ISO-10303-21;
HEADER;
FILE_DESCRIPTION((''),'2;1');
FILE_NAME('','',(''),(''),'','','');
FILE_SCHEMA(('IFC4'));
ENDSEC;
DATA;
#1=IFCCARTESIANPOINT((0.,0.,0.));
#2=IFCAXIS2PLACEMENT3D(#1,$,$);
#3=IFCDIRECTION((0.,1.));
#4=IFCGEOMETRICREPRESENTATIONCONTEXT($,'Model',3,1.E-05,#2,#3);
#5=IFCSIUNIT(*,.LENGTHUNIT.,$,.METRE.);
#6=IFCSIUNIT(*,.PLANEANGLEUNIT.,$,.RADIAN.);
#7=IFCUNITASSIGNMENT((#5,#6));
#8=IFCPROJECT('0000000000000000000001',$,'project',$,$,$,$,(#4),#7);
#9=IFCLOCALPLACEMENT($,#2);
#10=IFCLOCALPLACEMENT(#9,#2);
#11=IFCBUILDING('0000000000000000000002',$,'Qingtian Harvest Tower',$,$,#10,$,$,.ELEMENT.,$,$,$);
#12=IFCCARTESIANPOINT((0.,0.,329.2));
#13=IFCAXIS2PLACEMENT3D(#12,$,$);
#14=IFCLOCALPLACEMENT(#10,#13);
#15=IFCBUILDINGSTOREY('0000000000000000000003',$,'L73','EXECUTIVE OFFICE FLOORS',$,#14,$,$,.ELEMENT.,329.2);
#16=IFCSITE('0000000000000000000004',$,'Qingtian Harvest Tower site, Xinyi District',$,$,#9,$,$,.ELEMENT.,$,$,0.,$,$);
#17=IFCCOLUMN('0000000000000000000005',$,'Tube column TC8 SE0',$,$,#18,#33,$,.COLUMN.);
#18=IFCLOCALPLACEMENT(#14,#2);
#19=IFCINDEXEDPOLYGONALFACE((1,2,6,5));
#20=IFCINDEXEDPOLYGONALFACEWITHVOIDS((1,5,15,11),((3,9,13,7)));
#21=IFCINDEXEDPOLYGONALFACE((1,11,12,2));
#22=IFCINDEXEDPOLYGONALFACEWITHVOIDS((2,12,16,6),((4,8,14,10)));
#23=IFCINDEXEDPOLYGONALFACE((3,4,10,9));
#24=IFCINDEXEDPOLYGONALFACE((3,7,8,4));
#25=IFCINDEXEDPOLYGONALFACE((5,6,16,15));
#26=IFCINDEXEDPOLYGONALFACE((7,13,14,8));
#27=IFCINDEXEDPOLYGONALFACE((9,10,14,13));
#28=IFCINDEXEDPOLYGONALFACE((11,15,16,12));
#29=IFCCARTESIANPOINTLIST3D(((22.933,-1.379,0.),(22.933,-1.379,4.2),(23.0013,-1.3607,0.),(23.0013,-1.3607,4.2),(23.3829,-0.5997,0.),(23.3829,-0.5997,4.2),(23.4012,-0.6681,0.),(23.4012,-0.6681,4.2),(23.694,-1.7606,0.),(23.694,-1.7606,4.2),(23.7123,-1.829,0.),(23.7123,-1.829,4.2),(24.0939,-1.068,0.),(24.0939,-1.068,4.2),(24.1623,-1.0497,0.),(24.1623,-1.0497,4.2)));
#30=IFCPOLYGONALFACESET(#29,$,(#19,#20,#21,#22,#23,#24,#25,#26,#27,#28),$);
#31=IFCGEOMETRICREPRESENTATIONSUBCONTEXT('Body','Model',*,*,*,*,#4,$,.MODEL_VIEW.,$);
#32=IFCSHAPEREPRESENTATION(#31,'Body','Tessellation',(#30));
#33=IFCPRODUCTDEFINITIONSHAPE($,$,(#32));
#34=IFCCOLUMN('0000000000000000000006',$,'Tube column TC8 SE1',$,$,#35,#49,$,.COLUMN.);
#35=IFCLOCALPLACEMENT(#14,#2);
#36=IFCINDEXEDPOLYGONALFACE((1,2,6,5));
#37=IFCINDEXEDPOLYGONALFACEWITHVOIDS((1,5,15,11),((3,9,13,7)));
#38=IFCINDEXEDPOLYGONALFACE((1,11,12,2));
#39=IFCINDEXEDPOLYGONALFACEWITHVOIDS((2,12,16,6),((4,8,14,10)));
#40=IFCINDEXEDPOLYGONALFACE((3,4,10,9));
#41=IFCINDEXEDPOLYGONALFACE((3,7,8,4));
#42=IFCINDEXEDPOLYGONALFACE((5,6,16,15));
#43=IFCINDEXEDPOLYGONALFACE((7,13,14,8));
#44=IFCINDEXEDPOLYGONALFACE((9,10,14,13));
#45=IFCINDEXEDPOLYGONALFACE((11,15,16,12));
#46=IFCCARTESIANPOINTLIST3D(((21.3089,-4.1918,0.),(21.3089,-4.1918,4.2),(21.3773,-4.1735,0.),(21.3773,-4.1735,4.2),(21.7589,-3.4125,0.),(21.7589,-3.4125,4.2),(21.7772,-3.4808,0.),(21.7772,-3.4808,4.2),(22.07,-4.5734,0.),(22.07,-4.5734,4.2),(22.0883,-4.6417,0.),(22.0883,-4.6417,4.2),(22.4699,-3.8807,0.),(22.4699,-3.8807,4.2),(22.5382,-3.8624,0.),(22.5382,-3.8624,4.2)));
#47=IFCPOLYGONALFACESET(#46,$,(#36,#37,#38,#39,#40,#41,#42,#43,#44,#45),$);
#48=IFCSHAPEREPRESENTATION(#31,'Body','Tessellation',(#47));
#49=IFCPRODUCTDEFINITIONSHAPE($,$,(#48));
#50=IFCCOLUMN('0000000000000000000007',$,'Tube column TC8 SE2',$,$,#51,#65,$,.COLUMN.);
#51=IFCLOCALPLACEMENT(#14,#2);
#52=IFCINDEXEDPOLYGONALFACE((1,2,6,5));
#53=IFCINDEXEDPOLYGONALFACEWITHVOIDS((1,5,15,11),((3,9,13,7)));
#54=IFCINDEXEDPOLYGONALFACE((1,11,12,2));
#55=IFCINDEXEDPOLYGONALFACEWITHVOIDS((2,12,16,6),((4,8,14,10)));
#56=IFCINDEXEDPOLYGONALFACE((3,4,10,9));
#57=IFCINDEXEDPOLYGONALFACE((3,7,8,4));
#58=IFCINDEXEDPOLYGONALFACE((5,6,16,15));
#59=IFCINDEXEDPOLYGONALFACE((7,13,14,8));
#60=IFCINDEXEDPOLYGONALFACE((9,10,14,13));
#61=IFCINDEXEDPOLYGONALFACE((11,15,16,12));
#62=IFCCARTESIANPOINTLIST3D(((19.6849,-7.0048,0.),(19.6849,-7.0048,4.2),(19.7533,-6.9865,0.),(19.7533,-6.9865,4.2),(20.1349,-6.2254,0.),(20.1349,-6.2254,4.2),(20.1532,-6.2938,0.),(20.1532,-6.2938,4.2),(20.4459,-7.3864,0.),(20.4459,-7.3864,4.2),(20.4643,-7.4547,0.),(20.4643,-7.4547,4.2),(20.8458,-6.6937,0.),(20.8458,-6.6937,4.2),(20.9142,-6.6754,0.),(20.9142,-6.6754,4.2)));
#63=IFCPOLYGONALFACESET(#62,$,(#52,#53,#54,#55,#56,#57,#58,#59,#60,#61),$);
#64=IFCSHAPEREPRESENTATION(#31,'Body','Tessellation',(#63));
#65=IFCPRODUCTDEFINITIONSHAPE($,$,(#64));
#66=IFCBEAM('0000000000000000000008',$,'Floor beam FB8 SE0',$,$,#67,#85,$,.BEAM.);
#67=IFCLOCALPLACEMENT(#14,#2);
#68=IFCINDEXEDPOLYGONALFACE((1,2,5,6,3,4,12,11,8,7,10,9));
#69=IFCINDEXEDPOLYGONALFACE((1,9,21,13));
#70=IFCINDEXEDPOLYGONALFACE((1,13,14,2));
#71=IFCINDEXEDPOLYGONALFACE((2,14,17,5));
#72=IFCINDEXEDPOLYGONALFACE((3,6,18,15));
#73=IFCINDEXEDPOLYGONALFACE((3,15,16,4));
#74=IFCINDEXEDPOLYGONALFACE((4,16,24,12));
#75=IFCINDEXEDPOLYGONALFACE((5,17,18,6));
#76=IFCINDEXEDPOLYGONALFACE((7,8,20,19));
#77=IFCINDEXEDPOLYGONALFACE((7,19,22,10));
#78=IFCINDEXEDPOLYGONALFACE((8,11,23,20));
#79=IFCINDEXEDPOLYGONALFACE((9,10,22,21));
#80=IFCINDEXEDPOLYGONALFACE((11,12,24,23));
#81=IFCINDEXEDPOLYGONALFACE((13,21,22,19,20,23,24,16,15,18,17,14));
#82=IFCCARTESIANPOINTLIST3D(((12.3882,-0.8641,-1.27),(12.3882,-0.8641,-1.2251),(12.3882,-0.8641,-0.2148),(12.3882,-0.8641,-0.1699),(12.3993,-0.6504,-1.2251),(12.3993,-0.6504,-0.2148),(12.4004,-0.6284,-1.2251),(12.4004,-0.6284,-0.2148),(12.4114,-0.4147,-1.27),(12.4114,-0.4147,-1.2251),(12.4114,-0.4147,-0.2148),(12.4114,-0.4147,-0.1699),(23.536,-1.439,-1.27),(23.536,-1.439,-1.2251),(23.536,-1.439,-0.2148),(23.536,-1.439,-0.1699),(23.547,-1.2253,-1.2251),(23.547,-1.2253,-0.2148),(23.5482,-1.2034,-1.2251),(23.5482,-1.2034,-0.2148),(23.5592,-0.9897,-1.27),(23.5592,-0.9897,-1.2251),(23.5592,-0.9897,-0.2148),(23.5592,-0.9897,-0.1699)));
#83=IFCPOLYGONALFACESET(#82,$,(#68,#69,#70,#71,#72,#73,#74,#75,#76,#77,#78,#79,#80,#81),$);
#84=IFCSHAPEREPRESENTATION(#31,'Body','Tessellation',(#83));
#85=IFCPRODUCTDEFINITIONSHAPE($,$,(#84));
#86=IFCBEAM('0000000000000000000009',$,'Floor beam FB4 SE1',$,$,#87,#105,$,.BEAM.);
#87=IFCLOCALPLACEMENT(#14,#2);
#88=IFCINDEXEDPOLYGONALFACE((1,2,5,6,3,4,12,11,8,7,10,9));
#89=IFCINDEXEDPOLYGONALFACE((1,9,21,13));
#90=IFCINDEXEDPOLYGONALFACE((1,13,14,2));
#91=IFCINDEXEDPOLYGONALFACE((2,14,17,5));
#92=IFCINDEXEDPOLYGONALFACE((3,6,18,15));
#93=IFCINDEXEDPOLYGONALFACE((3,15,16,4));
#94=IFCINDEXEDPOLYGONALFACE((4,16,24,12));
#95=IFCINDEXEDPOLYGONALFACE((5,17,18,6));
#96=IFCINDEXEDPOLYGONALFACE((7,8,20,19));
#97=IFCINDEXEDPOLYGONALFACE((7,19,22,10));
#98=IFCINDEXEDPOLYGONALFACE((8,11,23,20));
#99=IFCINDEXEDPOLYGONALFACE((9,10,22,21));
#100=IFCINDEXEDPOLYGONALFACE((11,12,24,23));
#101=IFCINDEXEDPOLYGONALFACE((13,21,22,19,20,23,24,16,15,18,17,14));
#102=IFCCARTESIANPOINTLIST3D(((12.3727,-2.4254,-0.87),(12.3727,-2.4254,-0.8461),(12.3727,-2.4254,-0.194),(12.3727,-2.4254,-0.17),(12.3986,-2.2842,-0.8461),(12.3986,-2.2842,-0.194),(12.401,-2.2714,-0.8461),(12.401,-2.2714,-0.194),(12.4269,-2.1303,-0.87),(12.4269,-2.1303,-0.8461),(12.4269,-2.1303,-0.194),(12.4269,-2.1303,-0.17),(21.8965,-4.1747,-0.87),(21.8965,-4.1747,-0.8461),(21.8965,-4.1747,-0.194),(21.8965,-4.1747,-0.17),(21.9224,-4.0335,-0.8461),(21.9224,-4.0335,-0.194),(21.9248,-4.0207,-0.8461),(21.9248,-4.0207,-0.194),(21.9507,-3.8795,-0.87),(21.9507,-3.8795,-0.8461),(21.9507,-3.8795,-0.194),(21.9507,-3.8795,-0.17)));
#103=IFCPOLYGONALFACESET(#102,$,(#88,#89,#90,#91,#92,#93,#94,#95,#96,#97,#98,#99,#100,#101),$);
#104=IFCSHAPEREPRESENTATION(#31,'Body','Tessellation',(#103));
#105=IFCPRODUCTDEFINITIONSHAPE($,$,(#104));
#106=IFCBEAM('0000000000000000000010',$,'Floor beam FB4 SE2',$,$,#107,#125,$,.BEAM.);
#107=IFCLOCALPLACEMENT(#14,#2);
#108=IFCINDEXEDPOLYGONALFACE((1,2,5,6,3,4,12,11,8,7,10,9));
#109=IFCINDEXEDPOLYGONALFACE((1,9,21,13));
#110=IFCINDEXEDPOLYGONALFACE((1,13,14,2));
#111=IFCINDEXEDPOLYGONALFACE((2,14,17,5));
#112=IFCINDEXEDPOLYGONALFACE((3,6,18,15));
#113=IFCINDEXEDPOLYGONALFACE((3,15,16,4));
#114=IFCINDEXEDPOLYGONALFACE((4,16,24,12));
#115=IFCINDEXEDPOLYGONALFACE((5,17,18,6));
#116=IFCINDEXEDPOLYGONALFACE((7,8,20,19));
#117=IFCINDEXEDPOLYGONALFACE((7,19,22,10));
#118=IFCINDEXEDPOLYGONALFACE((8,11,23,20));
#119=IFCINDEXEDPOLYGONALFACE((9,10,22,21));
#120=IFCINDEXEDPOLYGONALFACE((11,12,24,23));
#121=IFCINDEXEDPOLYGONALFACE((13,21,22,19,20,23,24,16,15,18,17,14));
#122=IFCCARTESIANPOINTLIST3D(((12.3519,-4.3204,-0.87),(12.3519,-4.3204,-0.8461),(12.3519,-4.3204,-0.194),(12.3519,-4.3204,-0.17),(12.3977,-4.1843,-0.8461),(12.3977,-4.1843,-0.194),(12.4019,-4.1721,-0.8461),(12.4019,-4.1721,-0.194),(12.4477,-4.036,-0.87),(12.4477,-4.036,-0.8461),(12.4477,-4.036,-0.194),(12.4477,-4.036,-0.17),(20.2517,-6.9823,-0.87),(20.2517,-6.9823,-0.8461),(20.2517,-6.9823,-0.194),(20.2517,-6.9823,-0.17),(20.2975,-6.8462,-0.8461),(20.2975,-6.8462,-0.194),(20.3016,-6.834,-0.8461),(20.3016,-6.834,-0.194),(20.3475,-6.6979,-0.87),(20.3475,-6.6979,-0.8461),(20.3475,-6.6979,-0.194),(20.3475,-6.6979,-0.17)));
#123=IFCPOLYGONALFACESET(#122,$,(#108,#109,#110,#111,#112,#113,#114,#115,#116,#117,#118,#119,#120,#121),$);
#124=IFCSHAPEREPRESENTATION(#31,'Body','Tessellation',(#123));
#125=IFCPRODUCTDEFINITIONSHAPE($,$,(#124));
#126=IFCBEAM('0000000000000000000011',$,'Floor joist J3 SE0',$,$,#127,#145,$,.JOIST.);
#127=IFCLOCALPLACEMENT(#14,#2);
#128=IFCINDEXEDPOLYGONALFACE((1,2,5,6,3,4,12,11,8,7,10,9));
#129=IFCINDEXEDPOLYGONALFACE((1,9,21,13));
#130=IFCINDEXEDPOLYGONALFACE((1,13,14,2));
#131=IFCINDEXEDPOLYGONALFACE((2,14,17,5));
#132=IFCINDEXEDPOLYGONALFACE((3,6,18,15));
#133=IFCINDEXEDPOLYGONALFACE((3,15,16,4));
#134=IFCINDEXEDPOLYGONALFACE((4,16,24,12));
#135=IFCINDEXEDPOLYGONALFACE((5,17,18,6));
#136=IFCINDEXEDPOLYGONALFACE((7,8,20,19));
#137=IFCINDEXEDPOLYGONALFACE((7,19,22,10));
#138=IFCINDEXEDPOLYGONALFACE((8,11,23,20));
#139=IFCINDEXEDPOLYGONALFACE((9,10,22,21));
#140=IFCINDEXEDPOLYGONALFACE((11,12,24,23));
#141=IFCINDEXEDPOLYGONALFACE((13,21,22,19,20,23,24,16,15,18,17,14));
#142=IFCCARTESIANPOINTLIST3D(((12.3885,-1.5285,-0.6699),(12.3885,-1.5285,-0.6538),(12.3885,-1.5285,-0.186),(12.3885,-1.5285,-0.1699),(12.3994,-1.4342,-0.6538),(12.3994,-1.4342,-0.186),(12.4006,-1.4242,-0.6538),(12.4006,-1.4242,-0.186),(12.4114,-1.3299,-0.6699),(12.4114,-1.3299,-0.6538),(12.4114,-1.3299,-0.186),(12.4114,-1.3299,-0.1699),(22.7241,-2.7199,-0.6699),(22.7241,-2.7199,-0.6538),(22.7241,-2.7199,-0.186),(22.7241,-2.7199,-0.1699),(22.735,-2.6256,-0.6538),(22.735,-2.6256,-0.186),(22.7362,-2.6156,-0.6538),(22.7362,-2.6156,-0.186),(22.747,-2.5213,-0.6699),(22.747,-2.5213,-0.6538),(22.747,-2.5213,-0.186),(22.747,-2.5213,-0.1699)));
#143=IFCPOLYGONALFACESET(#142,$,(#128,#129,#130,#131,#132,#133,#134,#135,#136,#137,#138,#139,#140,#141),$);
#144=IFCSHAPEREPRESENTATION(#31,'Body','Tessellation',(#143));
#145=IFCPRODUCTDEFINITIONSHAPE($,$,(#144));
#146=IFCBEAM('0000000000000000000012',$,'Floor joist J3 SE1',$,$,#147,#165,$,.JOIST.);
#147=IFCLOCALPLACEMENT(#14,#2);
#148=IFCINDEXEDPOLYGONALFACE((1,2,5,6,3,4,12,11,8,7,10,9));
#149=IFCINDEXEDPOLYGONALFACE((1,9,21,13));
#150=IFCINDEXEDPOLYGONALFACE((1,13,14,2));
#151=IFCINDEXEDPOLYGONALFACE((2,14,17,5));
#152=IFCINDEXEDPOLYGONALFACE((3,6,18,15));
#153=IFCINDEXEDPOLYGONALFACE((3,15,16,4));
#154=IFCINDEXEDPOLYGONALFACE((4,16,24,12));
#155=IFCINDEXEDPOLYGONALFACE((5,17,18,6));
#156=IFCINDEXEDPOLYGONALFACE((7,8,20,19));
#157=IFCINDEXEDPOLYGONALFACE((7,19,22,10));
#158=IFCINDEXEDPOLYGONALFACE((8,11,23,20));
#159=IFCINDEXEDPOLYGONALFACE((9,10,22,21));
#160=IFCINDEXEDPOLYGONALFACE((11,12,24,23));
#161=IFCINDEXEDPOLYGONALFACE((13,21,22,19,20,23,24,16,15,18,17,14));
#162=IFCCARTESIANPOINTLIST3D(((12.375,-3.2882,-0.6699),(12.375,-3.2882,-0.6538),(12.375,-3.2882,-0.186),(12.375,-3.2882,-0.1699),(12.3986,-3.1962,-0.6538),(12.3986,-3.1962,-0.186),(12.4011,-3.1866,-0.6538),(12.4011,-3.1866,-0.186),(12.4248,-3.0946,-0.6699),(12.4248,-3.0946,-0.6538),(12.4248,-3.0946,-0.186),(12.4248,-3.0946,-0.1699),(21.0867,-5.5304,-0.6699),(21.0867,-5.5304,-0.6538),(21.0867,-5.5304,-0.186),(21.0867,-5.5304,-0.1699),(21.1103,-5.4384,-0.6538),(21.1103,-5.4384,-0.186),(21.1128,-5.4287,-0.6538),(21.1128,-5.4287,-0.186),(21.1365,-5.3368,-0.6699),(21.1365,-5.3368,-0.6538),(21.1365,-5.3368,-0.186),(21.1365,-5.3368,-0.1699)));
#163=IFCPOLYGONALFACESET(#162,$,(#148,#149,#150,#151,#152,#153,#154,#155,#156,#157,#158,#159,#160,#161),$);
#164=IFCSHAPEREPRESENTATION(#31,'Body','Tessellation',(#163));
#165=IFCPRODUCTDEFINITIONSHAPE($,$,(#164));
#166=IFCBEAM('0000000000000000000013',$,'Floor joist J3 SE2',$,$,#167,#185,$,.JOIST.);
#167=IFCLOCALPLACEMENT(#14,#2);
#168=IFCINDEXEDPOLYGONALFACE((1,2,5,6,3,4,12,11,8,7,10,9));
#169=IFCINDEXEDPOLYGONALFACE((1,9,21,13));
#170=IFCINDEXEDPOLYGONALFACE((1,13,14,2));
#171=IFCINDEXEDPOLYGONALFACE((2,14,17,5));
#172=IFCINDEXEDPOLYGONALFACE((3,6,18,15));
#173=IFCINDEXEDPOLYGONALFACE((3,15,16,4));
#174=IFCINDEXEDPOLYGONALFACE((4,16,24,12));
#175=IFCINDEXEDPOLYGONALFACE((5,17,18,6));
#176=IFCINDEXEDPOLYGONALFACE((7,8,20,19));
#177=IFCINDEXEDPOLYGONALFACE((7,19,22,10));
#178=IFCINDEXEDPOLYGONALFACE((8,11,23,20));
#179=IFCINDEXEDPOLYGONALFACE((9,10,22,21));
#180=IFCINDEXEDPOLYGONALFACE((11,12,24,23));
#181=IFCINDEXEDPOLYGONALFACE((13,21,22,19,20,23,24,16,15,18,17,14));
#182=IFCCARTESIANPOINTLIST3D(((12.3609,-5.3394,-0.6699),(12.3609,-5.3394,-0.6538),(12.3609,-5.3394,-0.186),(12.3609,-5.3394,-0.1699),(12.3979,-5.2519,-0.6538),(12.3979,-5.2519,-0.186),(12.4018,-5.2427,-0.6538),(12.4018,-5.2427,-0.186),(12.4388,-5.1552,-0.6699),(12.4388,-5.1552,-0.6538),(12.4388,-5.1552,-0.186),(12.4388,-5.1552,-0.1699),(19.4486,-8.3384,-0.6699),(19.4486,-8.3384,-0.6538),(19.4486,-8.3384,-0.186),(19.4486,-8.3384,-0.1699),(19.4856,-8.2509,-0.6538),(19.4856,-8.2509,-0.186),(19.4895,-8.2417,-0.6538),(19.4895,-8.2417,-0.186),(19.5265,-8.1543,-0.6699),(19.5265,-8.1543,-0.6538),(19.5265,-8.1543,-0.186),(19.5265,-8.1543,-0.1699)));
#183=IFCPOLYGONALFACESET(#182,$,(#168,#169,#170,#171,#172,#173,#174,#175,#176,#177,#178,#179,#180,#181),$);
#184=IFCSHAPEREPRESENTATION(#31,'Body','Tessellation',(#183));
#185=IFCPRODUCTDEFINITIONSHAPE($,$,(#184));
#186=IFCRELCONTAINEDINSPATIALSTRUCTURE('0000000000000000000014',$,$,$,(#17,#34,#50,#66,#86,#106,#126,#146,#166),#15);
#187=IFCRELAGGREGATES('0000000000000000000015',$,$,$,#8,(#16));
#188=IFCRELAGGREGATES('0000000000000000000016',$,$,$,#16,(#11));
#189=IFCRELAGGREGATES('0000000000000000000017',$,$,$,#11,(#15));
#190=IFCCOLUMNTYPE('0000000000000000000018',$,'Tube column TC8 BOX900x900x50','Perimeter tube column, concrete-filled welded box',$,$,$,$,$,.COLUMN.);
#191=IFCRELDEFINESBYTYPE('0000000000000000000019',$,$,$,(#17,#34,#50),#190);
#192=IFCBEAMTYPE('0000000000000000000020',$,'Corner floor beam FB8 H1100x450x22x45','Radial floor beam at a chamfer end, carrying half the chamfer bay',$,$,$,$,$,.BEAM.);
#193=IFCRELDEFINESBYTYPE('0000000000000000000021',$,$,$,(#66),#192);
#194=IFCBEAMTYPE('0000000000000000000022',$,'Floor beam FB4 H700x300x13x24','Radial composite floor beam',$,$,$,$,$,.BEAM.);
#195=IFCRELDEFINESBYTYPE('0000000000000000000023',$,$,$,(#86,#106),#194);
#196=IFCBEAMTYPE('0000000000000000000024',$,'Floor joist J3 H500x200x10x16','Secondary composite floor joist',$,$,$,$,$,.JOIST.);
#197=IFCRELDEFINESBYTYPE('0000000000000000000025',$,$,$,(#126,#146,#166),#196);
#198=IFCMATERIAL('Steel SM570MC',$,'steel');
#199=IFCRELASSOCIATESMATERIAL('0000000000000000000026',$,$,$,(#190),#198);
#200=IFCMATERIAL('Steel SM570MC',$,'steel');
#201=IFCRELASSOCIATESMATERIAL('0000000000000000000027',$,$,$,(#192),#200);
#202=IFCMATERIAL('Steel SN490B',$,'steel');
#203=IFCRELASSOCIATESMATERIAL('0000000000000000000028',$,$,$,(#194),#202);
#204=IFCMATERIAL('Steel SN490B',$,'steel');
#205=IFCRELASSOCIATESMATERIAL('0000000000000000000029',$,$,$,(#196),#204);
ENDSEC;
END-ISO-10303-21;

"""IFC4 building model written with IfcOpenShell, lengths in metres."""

from ifc_helpers import new_model, si_unit, direction, frame, origin, origin_2d, place, context, subcontext, project, spatial, hollow_rectangle, i_section, extrude, material, material_profile, profile_set, type_object, element, save


model = new_model("IFC4")

# Units and contexts
model_context = context("Model", 3, precision=1e-05, world=origin(), true_north=direction((0.0, 1.0)))
body_context = subcontext(model_context, "Body", "Model", "MODEL_VIEW")
ifc_project = project(units=[si_unit("LENGTHUNIT", "METRE"), si_unit("PLANEANGLEUNIT", "RADIAN")], contexts=[model_context])

# Site, building, storey
site_placement = place(None, origin())
site = spatial("IfcSite", under=ifc_project, at=site_placement, Name="Qingtian Harvest Tower site, Xinyi District", CompositionType="ELEMENT", RefElevation=0.0)
building_placement = place(site_placement, origin())
building = spatial("IfcBuilding", under=site, at=building_placement, Name="Qingtian Harvest Tower", CompositionType="ELEMENT")
storey_placement = place(building_placement, frame((0.0, 0.0, 329.2)))
storey = spatial("IfcBuildingStorey", under=building, at=storey_placement, Name="L73", Description="EXECUTIVE OFFICE FLOORS", CompositionType="ELEMENT", Elevation=329.2)

# Columns
ifc_material_1 = material(Name="Steel SM570MC", Category="steel")
ifc_material_profile_1 = material_profile(ifc_material_1, hollow_rectangle(XDim=0.8999, YDim=0.8999, WallThickness=0.05, at=origin_2d()), Name="BOX900x900x50")
ifc_profile_set_1 = profile_set([ifc_material_profile_1], Name="Steel SM570MC")
column_type = type_object("IfcColumnType", Name="Tube column TC8 BOX900x900x50", Description="Perimeter tube column, concrete-filled welded box", PredefinedType="COLUMN", material=ifc_profile_set_1)
for number, where, z_axis, x_axis, name in (
    (1, (23.5476, -1.2144, 0.0), (0.0, 0.0, 1.0), (0.5, 0.866025, 0.0), "Tube column TC8 SE0"),
    (2, (21.9236, -4.0271, 0.0), (0.0, 0.0, 1.0), (0.5, 0.866025, 0.0), "Tube column TC8 SE1"),
    (3, (20.2996, -6.8401, 0.0), (0.0, 0.0, 1.0), (0.5, 0.866025, 0.0), "Tube column TC8 SE2"),
):
    element("IfcColumn", number, at=place(storey_placement, frame(where, z_axis=z_axis, x_axis=x_axis)), inside=storey, type_object=column_type, Name=name, PredefinedType="COLUMN", context=body_context, shape_type="SweptSolid", body=[
        extrude(hollow_rectangle(XDim=0.8999, YDim=0.8999, WallThickness=0.05, at=origin_2d()), origin(), (0.0, 0.0, 1.0), 4.2),
    ])

# Beams
ifc_material_2 = material(Name="Steel SM570MC", Category="steel")
ifc_material_profile_2 = material_profile(ifc_material_2, i_section(OverallWidth=0.45, OverallDepth=1.1001, WebThickness=0.022, FlangeThickness=0.0449, at=origin_2d()), Name="H1100x450x22x45")
ifc_profile_set_2 = profile_set([ifc_material_profile_2], Name="Steel SM570MC")
beam_type_1 = type_object("IfcBeamType", Name="Corner floor beam FB8 H1100x450x22x45", Description="Radial floor beam at a chamfer end, carrying half the chamfer bay", PredefinedType="BEAM", material=ifc_profile_set_2)
beam_1_placement = place(storey_placement, frame((23.5476, -1.2144, -0.72), z_axis=(-0.998673, 0.051507, 0.0), x_axis=(-0.051507, -0.998673, 0.0)))
element("IfcBeam", 4, at=beam_1_placement, inside=storey, type_object=beam_type_1, Name="Floor beam FB8 SE0", PredefinedType="BEAM", context=body_context, shape_type="SweptSolid", body=[
    extrude(i_section(OverallWidth=0.45, OverallDepth=1.1001, WebThickness=0.022, FlangeThickness=0.0449, at=origin_2d()), origin(), (0.0, 0.0, 1.0), 11.1626),
])
ifc_material_3 = material(Name="Steel SN490B", Category="steel")
ifc_material_profile_3 = material_profile(ifc_material_3, i_section(OverallWidth=0.3, OverallDepth=0.7, WebThickness=0.0129, FlangeThickness=0.0239, at=origin_2d()), Name="H700x300x13x24")
ifc_profile_set_3 = profile_set([ifc_material_profile_3], Name="Steel SN490B")
beam_type_2 = type_object("IfcBeamType", Name="Floor beam FB4 H700x300x13x24", Description="Radial composite floor beam", PredefinedType="BEAM", material=ifc_profile_set_3)
beam_2_placement = place(storey_placement, frame((21.9236, -4.0271, -0.52), z_axis=(-0.983547, 0.180654, 0.0), x_axis=(-0.180654, -0.983547, 0.0)))
element("IfcBeam", 5, at=beam_2_placement, inside=storey, type_object=beam_type_2, Name="Floor beam FB4 SE1", PredefinedType="BEAM", context=body_context, shape_type="SweptSolid", body=[
    extrude(i_section(OverallWidth=0.3, OverallDepth=0.7, WebThickness=0.0129, FlangeThickness=0.0239, at=origin_2d()), origin(), (0.0, 0.0, 1.0), 9.6831),
])
beam_3_placement = place(storey_placement, frame((20.2996, -6.8401, -0.52), z_axis=(-0.947647, 0.319319, 0.0), x_axis=(-0.319319, -0.947647, 0.0)))
element("IfcBeam", 6, at=beam_3_placement, inside=storey, type_object=beam_type_2, Name="Floor beam FB4 SE2", PredefinedType="BEAM", context=body_context, shape_type="SweptSolid", body=[
    extrude(i_section(OverallWidth=0.3, OverallDepth=0.7, WebThickness=0.0129, FlangeThickness=0.0239, at=origin_2d()), origin(), (0.0, 0.0, 1.0), 8.3362),
])
ifc_material_4 = material(Name="Steel SN490B", Category="steel")
ifc_material_profile_4 = material_profile(ifc_material_4, i_section(OverallWidth=0.2, OverallDepth=0.5, WebThickness=0.01, FlangeThickness=0.0161, at=origin_2d()), Name="H500x200x10x16")
ifc_profile_set_4 = profile_set([ifc_material_profile_4], Name="Steel SN490B")
beam_type_3 = type_object("IfcBeamType", Name="Floor joist J3 H500x200x10x16", Description="Secondary composite floor joist", PredefinedType="JOIST", material=ifc_profile_set_4)
beam_4_placement = place(storey_placement, frame((22.7356, -2.6206, -0.4199), z_axis=(-0.993422, 0.114513, 0.0), x_axis=(-0.114513, -0.993422, 0.0)))
element("IfcBeam", 7, at=beam_4_placement, inside=storey, type_object=beam_type_3, Name="Floor joist J3 SE0", PredefinedType="JOIST", context=body_context, shape_type="SweptSolid", body=[
    extrude(i_section(OverallWidth=0.2, OverallDepth=0.5, WebThickness=0.01, FlangeThickness=0.0161, at=origin_2d()), origin(), (0.0, 0.0, 1.0), 10.4041),
])
beam_5_placement = place(storey_placement, frame((21.1116, -5.4336, -0.4199), z_axis=(-0.968438, 0.249254, 0.0), x_axis=(-0.249254, -0.968438, 0.0)))
element("IfcBeam", 8, at=beam_5_placement, inside=storey, type_object=beam_type_3, Name="Floor joist J3 SE1", PredefinedType="JOIST", context=body_context, shape_type="SweptSolid", body=[
    extrude(i_section(OverallWidth=0.2, OverallDepth=0.5, WebThickness=0.01, FlangeThickness=0.0161, at=origin_2d()), origin(), (0.0, 0.0, 1.0), 8.9956),
])
beam_6_placement = place(storey_placement, frame((19.4875, -8.2463, -0.4199), z_axis=(-0.920948, 0.389684, 0.0), x_axis=(-0.389684, -0.920948, 0.0)))
element("IfcBeam", 9, at=beam_6_placement, inside=storey, type_object=beam_type_3, Name="Floor joist J3 SE2", PredefinedType="JOIST", context=body_context, shape_type="SweptSolid", body=[
    extrude(i_section(OverallWidth=0.2, OverallDepth=0.5, WebThickness=0.01, FlangeThickness=0.0161, at=origin_2d()), origin(), (0.0, 0.0, 1.0), 7.696),
])

save(model, "model.ifc")
